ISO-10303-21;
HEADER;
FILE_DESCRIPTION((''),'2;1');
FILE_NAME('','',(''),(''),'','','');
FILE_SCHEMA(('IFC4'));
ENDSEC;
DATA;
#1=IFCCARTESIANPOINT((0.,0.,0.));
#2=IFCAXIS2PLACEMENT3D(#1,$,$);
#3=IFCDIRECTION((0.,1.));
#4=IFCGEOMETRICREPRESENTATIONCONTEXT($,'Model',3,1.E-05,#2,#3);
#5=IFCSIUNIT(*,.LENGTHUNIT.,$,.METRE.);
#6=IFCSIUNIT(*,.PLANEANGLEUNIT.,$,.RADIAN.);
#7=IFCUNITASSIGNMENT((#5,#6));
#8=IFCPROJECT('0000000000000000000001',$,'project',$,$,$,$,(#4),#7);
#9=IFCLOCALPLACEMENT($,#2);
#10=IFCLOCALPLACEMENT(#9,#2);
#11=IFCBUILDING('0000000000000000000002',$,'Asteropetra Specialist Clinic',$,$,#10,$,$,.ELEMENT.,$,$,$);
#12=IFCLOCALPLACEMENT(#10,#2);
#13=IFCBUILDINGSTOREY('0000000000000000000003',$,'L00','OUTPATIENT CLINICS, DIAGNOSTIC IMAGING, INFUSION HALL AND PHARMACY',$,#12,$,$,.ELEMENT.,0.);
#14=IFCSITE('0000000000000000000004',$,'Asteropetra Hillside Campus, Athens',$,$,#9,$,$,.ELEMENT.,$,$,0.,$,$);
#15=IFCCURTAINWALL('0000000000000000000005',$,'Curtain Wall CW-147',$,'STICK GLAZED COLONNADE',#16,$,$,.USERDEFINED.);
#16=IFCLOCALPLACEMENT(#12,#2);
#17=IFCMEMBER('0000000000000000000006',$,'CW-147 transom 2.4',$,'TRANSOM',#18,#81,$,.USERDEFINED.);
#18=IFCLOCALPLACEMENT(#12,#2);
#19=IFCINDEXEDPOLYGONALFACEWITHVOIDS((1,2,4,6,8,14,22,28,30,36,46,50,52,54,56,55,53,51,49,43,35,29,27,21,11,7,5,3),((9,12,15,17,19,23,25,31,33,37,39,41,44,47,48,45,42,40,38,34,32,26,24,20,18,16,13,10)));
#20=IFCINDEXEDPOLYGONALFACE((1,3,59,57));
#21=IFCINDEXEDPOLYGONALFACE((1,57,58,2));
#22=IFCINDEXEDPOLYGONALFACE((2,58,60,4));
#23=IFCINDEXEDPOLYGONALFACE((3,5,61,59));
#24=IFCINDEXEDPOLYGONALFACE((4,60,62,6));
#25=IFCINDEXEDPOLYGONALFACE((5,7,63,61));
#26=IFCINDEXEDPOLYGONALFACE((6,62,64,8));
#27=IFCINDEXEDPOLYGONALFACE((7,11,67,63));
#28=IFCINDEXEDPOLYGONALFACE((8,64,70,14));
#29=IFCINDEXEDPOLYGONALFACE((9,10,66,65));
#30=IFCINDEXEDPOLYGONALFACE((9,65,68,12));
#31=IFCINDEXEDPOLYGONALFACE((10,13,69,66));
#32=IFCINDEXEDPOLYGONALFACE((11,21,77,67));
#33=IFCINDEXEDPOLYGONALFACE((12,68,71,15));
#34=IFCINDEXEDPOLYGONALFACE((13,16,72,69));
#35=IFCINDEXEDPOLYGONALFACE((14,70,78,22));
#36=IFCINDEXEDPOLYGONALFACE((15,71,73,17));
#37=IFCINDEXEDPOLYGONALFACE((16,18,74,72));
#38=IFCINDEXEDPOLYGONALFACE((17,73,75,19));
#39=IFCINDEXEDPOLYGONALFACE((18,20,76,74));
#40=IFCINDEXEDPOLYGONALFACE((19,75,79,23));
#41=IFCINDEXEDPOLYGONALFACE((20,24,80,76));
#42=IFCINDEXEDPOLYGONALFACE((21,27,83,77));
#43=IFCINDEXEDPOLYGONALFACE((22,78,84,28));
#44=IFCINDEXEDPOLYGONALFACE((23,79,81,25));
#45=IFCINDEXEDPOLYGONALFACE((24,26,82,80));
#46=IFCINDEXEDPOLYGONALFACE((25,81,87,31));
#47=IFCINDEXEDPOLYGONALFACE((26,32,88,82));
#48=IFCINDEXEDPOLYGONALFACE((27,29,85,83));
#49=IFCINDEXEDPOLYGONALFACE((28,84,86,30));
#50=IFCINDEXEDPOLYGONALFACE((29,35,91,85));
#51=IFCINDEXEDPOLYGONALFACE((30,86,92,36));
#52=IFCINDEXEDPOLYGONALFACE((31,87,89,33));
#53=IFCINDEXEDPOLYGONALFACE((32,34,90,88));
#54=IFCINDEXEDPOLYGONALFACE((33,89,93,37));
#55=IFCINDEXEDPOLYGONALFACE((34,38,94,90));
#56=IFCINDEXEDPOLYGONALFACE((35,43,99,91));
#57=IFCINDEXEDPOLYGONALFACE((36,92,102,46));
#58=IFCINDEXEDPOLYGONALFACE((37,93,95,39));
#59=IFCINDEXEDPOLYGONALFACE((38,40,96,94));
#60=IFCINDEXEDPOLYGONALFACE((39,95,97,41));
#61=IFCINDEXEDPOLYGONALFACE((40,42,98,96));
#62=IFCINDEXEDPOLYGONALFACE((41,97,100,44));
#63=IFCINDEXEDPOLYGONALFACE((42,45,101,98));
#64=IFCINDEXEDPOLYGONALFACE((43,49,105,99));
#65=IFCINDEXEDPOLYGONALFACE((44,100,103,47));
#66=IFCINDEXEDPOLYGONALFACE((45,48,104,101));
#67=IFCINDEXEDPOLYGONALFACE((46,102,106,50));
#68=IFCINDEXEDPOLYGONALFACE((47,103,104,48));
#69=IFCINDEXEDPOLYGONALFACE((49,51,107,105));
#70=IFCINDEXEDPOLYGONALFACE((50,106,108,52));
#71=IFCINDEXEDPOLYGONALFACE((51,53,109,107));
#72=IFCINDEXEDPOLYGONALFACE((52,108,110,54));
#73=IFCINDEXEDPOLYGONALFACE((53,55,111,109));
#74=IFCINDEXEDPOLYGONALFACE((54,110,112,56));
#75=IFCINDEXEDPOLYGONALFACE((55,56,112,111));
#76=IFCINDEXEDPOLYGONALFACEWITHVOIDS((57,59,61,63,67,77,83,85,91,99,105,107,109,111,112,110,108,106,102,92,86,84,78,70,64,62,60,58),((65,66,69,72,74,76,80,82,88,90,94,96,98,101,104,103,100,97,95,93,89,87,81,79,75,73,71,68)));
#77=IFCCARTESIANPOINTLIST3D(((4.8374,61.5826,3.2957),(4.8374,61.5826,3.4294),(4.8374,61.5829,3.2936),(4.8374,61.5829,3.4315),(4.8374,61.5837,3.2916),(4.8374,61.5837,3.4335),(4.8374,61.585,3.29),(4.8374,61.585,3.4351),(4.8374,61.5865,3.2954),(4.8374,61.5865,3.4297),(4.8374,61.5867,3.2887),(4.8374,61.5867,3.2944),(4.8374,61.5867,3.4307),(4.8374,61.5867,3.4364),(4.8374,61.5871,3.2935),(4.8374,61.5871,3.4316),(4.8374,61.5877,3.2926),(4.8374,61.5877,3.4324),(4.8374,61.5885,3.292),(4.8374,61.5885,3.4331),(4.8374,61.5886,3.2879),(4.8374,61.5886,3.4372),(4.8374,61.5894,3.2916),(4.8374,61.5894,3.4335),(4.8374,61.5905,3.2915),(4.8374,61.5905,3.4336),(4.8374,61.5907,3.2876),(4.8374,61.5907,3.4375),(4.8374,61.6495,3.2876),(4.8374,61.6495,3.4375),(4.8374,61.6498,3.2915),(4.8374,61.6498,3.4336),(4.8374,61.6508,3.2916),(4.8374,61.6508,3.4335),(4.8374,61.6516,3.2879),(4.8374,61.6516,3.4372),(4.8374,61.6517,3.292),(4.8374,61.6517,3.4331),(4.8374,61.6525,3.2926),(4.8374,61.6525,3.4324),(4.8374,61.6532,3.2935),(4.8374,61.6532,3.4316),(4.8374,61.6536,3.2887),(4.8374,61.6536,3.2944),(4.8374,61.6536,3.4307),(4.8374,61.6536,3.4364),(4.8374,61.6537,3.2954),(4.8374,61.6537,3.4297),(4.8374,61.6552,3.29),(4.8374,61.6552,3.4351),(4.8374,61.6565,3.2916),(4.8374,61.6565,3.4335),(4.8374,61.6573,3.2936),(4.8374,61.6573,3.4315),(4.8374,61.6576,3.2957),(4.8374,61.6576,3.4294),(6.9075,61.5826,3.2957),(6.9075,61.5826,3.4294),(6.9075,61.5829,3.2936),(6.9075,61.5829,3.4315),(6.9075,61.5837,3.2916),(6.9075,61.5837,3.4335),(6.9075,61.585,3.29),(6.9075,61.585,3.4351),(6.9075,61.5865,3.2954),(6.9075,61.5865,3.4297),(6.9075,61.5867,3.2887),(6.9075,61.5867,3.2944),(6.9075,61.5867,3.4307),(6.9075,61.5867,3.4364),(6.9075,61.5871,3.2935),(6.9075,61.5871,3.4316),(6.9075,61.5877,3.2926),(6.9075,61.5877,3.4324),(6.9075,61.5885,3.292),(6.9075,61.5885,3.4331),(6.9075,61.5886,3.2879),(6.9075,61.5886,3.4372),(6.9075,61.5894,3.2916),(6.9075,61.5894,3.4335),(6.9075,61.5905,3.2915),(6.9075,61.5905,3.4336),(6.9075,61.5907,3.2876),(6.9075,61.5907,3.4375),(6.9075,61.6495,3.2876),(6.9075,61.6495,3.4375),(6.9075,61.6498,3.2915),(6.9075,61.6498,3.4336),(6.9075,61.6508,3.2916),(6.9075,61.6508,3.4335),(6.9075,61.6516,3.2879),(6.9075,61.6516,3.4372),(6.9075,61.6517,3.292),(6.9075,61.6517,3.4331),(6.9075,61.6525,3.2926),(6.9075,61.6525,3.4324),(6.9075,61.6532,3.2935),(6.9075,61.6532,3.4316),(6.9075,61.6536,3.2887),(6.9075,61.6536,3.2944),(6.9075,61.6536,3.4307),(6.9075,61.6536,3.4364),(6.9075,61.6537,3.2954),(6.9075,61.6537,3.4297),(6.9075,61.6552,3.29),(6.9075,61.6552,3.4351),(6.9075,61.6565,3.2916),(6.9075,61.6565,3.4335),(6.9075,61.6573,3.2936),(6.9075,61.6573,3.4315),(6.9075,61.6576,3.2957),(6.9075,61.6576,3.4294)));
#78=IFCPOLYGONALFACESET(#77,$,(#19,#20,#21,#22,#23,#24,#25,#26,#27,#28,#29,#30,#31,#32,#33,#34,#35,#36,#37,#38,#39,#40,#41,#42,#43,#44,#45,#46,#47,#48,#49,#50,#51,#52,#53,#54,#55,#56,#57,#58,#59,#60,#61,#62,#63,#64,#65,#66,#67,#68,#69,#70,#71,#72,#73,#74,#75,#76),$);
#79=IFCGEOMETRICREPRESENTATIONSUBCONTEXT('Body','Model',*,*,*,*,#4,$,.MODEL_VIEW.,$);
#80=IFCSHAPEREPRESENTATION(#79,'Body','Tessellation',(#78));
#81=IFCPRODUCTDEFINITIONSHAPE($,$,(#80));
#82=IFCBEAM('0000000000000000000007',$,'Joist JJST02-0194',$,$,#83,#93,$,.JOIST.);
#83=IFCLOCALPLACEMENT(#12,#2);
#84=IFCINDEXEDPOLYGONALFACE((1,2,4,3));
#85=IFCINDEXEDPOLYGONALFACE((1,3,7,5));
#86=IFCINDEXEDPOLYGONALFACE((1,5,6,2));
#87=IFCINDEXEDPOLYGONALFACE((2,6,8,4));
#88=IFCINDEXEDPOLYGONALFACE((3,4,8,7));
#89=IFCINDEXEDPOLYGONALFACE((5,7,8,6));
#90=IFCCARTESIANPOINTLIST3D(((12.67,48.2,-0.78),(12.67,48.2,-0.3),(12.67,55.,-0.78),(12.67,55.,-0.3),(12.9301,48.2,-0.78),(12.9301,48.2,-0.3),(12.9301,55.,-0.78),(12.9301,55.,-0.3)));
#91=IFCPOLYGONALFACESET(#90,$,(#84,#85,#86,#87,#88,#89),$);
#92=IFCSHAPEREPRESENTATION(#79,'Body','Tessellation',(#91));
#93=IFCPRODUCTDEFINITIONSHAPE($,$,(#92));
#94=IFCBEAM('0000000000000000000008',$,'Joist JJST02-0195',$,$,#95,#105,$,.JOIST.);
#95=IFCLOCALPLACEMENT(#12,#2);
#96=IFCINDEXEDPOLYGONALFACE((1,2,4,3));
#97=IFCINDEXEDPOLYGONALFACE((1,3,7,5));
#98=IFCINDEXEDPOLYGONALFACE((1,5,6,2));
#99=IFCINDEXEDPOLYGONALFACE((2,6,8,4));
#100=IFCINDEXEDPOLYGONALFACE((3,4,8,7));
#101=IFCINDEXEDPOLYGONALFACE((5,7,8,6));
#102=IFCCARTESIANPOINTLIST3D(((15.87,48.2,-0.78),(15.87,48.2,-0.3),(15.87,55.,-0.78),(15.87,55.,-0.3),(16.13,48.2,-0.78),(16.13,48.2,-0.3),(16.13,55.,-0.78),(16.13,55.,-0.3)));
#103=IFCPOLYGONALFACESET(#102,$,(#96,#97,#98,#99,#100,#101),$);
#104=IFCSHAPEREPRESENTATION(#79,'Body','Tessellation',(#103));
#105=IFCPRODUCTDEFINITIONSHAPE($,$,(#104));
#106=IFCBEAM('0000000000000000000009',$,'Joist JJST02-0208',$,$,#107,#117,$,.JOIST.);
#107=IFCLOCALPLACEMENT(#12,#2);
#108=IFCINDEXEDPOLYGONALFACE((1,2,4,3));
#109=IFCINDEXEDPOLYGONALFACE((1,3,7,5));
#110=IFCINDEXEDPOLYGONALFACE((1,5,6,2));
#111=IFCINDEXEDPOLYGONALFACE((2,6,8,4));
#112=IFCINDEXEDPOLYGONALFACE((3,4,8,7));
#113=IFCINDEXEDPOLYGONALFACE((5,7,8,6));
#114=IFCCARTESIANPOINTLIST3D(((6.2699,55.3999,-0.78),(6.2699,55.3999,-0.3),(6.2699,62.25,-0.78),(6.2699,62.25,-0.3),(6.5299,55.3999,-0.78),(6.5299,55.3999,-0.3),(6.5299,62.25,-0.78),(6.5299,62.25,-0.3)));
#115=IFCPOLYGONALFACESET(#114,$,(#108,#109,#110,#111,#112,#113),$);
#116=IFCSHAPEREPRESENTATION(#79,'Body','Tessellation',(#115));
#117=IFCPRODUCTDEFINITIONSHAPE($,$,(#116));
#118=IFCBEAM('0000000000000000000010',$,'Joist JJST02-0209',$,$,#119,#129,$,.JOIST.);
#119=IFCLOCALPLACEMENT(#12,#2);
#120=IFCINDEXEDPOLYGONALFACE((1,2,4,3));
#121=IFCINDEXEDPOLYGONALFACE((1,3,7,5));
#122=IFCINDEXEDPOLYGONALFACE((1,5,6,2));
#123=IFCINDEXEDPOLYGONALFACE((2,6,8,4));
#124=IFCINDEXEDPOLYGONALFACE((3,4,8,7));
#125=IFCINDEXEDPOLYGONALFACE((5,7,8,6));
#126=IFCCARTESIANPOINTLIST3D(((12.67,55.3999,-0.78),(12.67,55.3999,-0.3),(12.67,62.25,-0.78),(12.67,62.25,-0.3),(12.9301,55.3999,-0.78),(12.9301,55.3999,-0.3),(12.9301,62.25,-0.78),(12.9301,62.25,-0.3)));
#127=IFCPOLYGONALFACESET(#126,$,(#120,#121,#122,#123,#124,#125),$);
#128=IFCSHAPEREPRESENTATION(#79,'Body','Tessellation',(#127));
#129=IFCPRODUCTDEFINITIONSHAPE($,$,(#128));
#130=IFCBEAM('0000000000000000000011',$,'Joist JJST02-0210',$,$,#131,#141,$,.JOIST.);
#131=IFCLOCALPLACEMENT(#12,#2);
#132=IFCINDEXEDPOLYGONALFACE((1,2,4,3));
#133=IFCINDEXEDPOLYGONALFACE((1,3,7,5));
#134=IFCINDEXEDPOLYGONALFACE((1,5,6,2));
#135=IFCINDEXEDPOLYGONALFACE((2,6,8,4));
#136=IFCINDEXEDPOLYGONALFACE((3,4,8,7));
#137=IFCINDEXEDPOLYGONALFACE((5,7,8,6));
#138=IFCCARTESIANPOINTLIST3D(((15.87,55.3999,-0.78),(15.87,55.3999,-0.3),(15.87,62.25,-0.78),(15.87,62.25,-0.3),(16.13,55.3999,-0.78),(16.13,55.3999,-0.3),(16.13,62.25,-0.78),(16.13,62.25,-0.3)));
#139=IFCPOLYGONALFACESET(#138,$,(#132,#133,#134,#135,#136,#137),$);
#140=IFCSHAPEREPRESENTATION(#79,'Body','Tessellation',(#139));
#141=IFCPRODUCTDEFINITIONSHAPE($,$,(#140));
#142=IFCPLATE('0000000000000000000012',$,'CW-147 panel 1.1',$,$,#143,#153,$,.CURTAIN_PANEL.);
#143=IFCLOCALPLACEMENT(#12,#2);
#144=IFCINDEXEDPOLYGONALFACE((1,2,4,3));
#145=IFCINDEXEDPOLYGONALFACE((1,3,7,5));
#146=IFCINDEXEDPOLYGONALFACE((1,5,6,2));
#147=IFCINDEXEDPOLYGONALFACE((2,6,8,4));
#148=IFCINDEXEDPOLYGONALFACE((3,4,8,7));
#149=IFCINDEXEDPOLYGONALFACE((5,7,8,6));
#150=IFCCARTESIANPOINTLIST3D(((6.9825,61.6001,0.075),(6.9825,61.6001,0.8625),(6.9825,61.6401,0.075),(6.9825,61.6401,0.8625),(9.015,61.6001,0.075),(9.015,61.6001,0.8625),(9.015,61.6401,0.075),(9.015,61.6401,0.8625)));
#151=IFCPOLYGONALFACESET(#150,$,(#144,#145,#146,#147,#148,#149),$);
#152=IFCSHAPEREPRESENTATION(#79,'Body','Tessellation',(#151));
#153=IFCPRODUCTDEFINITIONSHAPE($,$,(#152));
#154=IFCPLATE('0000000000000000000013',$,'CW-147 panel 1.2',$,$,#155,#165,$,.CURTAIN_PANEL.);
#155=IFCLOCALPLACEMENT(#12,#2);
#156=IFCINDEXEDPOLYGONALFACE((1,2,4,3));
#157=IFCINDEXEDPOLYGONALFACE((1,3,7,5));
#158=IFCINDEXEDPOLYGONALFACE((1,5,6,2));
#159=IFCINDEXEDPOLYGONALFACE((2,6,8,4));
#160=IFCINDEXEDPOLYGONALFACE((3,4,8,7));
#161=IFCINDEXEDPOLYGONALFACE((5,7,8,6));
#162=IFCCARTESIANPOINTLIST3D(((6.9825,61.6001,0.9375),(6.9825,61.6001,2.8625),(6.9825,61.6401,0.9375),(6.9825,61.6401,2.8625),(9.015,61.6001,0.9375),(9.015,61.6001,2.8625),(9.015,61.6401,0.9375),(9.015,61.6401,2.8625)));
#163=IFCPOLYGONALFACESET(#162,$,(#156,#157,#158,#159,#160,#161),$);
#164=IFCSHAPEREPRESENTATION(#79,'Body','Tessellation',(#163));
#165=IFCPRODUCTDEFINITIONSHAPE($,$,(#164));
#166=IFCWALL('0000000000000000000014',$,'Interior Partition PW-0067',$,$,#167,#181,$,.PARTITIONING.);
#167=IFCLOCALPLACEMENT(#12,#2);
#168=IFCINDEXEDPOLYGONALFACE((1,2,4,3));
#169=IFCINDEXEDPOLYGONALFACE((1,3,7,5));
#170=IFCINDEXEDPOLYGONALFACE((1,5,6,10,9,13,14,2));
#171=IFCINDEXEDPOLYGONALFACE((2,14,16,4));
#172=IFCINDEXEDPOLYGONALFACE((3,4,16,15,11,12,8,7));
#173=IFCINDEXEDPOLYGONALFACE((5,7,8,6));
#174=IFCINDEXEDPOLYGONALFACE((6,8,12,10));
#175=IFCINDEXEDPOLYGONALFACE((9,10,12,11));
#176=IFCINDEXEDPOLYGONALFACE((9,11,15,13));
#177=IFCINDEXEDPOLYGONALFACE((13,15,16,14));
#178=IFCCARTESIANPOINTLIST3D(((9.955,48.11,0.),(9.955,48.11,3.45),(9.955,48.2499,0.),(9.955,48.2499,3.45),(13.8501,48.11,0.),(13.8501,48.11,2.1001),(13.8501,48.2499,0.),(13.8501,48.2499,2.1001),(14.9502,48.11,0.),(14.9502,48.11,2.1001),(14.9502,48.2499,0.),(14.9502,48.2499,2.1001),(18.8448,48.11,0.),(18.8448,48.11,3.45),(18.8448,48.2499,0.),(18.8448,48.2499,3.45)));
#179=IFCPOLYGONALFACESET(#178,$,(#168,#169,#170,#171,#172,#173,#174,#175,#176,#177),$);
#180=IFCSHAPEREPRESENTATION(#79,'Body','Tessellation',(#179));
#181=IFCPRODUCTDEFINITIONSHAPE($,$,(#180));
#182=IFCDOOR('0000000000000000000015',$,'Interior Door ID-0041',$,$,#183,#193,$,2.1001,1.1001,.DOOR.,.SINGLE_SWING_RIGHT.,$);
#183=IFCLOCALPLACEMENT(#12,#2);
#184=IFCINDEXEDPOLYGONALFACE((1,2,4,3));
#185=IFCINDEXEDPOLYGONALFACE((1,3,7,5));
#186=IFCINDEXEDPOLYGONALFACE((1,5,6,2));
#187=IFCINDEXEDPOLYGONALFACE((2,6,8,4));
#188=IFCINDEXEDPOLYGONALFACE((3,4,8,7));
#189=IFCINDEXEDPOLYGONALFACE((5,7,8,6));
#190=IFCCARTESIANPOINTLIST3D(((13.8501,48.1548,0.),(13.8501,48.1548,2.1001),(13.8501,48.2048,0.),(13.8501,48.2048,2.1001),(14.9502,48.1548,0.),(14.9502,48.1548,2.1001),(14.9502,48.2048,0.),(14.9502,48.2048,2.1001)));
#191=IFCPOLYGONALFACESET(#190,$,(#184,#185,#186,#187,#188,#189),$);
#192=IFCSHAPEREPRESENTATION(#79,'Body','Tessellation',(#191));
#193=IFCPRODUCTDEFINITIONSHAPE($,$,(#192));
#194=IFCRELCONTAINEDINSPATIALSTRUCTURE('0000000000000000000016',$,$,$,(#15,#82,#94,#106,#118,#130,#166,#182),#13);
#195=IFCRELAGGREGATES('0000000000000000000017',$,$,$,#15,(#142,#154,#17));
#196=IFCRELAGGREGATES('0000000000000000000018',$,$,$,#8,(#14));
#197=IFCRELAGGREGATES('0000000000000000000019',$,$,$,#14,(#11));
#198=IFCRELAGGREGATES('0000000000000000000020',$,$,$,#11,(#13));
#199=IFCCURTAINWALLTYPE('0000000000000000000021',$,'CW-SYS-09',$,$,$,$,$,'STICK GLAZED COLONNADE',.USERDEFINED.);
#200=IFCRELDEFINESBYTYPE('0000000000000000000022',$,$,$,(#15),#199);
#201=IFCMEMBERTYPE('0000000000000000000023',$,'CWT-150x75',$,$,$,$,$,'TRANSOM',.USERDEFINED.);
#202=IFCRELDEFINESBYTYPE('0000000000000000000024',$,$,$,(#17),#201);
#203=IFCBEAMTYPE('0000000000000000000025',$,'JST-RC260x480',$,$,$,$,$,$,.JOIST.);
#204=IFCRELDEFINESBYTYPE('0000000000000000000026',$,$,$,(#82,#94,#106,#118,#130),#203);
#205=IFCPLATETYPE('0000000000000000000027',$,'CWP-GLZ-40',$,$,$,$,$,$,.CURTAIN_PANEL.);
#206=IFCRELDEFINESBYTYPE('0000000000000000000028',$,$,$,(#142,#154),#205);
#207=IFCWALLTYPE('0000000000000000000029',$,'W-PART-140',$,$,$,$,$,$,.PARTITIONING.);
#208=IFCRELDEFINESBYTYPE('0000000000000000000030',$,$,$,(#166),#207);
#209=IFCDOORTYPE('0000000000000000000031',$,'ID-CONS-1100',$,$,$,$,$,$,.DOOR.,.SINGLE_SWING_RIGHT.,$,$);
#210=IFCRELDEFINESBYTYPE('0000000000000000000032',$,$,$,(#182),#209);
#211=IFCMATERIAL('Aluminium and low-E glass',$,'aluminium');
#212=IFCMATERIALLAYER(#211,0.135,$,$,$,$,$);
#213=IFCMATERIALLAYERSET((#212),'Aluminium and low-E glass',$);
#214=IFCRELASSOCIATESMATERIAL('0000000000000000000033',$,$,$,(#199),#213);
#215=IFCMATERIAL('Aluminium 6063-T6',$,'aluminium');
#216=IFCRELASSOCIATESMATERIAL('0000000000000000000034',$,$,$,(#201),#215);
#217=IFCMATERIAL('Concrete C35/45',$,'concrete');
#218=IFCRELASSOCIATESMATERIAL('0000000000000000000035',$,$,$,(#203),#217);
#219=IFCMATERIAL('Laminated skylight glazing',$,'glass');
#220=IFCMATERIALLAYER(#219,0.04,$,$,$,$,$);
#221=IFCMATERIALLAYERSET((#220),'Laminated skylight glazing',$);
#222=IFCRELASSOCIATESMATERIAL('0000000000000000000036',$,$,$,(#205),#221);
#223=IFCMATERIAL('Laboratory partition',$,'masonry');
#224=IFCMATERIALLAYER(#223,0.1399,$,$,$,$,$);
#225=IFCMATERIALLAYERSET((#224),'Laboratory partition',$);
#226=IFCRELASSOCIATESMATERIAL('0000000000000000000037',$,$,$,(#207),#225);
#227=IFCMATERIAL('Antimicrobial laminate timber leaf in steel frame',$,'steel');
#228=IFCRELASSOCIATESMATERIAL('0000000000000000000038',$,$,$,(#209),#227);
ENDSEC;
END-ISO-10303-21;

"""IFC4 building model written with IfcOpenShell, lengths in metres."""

from ifc_helpers import new_model, si_unit, direction, frame, frame_2d, origin, origin_2d, place, context, subcontext, project, spatial, rectangle, hollow_rectangle, extrude, material, layer, layer_set, material_profile, profile_set, type_object, element, fill, aggregate, save


model = new_model("IFC4")

# Units and contexts
model_context = context("Model", 3, precision=1e-05, world=origin(), true_north=direction((0.0, 1.0)))
body_context = subcontext(model_context, "Body", "Model", "MODEL_VIEW")
ifc_project = project(units=[si_unit("LENGTHUNIT", "METRE"), si_unit("PLANEANGLEUNIT", "RADIAN")], contexts=[model_context])

# Site, building, storey
site_placement = place(None, origin())
site = spatial("IfcSite", under=ifc_project, at=site_placement, Name="Asteropetra Hillside Campus, Athens", CompositionType="ELEMENT", RefElevation=0.0)
building_placement = place(site_placement, origin())
building = spatial("IfcBuilding", under=site, at=building_placement, Name="Asteropetra Specialist Clinic", CompositionType="ELEMENT")
storey_placement = place(building_placement, origin())
storey = spatial("IfcBuildingStorey", under=building, at=storey_placement, Name="L00", Description="OUTPATIENT CLINICS, DIAGNOSTIC IMAGING, INFUSION HALL AND PHARMACY", CompositionType="ELEMENT", Elevation=0.0)

# Curtain wall, member
ifc_material_1 = material(Name="Aluminium and low-E glass", Category="aluminium")
ifc_layer_1 = layer(ifc_material_1, 0.135)
ifc_layer_set_1 = layer_set([ifc_layer_1], Name="Aluminium and low-E glass")
curtain_wall_type = type_object("IfcCurtainWallType", Name="CW-SYS-09", ElementType="STICK GLAZED COLONNADE", PredefinedType="USERDEFINED", material=ifc_layer_set_1)
curtain_wall_placement = place(storey_placement, origin())
curtain_wall = element("IfcCurtainWall", 1, at=curtain_wall_placement, inside=storey, type_object=curtain_wall_type, Name="Curtain Wall CW-147", ObjectType="STICK GLAZED COLONNADE", PredefinedType="USERDEFINED")
ifc_material_2 = material(Name="Aluminium 6063-T6", Category="aluminium")
ifc_material_profile_1 = material_profile(ifc_material_2, hollow_rectangle(XDim=0.075, YDim=0.1499, WallThickness=0.0039, InnerFilletRadius=0.0039, OuterFilletRadius=0.0081, at=origin_2d()), Name="TRN 150x75x4.0")
ifc_profile_set_1 = profile_set([ifc_material_profile_1], Name="Aluminium 6063-T6")
member_type_1 = type_object("IfcMemberType", Name="CWT-150x75", ElementType="TRANSOM", PredefinedType="USERDEFINED", material=ifc_profile_set_1)
member_1_placement = place(storey_placement, frame((6.9075, 61.6201, 3.3625), z_axis=(-1.0, 0.0, 0.0), x_axis=(0.0, -1.0, 0.0)))
member_1 = element("IfcMember", 2, at=member_1_placement, type_object=member_type_1, Name="CW-147 transom 2.4", ObjectType="TRANSOM", PredefinedType="USERDEFINED", context=body_context, shape_type="SweptSolid", body=[
    extrude(hollow_rectangle(XDim=0.075, YDim=0.1499, WallThickness=0.0039, InnerFilletRadius=0.0039, OuterFilletRadius=0.0081, at=origin_2d()), origin(), (0.0, 0.0, 1.0), 2.0701),
])

# Beams
ifc_material_3 = material(Name="Concrete C35/45", Category="concrete")
ifc_material_profile_2 = material_profile(ifc_material_3, rectangle(XDim=0.26, YDim=0.48, at=origin_2d()), Name="RCJ 260x480")
ifc_profile_set_2 = profile_set([ifc_material_profile_2], Name="Concrete C35/45")
beam_type_1 = type_object("IfcBeamType", Name="JST-RC260x480", PredefinedType="JOIST", material=ifc_profile_set_2)
for number, where, z_axis, x_axis, name in (
    (3, (12.8, 48.2, -0.54), (0.0, 1.0, 0.0), (-1.0, 0.0, 0.0), "Joist JJST02-0194"),
    (4, (16.0, 48.2, -0.54), (0.0, 1.0, 0.0), (-1.0, 0.0, 0.0), "Joist JJST02-0195"),
):
    element("IfcBeam", number, at=place(storey_placement, frame(where, z_axis=z_axis, x_axis=x_axis)), inside=storey, type_object=beam_type_1, Name=name, PredefinedType="JOIST", context=body_context, shape_type="SweptSolid", body=[
        extrude(rectangle(XDim=0.26, YDim=0.48, at=origin_2d()), origin(), (0.0, 0.0, 1.0), 6.8),
    ])
for number, where, z_axis, x_axis, name in (
    (5, (6.3999, 55.3999, -0.54), (0.0, 1.0, 0.0), (-1.0, 0.0, 0.0), "Joist JJST02-0208"),
    (6, (12.8, 55.3999, -0.54), (0.0, 1.0, 0.0), (-1.0, 0.0, 0.0), "Joist JJST02-0209"),
    (7, (16.0, 55.3999, -0.54), (0.0, 1.0, 0.0), (-1.0, 0.0, 0.0), "Joist JJST02-0210"),
):
    element("IfcBeam", number, at=place(storey_placement, frame(where, z_axis=z_axis, x_axis=x_axis)), inside=storey, type_object=beam_type_1, Name=name, PredefinedType="JOIST", context=body_context, shape_type="SweptSolid", body=[
        extrude(rectangle(XDim=0.26, YDim=0.48, at=origin_2d()), origin(), (0.0, 0.0, 1.0), 6.8501),
    ])

# Plates
ifc_material_4 = material(Name="Laminated skylight glazing", Category="glass")
ifc_layer_2 = layer(ifc_material_4, 0.04)
ifc_layer_set_2 = layer_set([ifc_layer_2], Name="Laminated skylight glazing")
plate_type = type_object("IfcPlateType", Name="CWP-GLZ-40", PredefinedType="CURTAIN_PANEL", material=ifc_layer_set_2)
plate_1_placement = place(storey_placement, frame((7.9988, 61.6201, 0.075), z_axis=(0.0, 0.0, 1.0), x_axis=(-1.0, 0.0, 0.0)))
plate_1 = element("IfcPlate", 8, at=plate_1_placement, type_object=plate_type, Name="CW-147 panel 1.1", PredefinedType="CURTAIN_PANEL", context=body_context, shape_type="SweptSolid", body=[
    extrude(rectangle(XDim=2.0325, YDim=0.04, at=origin_2d()), origin(), (0.0, 0.0, 1.0), 0.7876),
])
plate_2_placement = place(storey_placement, frame((7.9988, 61.6201, 0.9375), z_axis=(0.0, 0.0, 1.0), x_axis=(-1.0, 0.0, 0.0)))
plate_2 = element("IfcPlate", 9, at=plate_2_placement, type_object=plate_type, Name="CW-147 panel 1.2", PredefinedType="CURTAIN_PANEL", context=body_context, shape_type="SweptSolid", body=[
    extrude(rectangle(XDim=2.0325, YDim=0.04, at=origin_2d()), origin(), (0.0, 0.0, 1.0), 1.925),
])
aggregate(curtain_wall, [plate_1, plate_2, member_1])

# Wall, opening, door
ifc_material_5 = material(Name="Laboratory partition", Category="masonry")
ifc_layer_3 = layer(ifc_material_5, 0.1399)
ifc_layer_set_3 = layer_set([ifc_layer_3], Name="Laboratory partition")
wall_type = type_object("IfcWallType", Name="W-PART-140", PredefinedType="PARTITIONING", material=ifc_layer_set_3)
wall_placement = place(storey_placement, frame((9.9551, 48.1799, 0.0), z_axis=(0.0, 0.0, 1.0), x_axis=(1.0, 0.0, 0.0)))
wall = element("IfcWall", 10, at=wall_placement, inside=storey, type_object=wall_type, Name="Interior Partition PW-0067", PredefinedType="PARTITIONING", context=body_context, shape_type="SweptSolid", body=[
    extrude(rectangle(XDim=8.8899, YDim=0.1399, at=frame_2d((4.4448, 0.0))), origin(), (0.0, 0.0, 1.0), 3.45),
])
opening_placement = place(wall_placement, frame((3.895, 0.0, 0.0)))
opening = element("IfcOpeningElement", 11, at=opening_placement, cuts=wall, PredefinedType="OPENING", context=body_context, shape_type="SweptSolid", body=[
    extrude(rectangle(XDim=1.1001, YDim=2.1001, at=frame_2d((0.55, 1.05))), frame((0.0, 0.0798, 0.0), z_axis=(0.0, -1.0, 0.0), x_axis=(1.0, 0.0, 0.0)), (0.0, 0.0, 1.0), 0.1599),
])
ifc_material_6 = material(Name="Antimicrobial laminate timber leaf in steel frame", Category="steel")
door_type = type_object("IfcDoorType", Name="ID-CONS-1100", OperationType="SINGLE_SWING_RIGHT", PredefinedType="DOOR", material=ifc_material_6)
door_placement = place(opening_placement, origin())
door = element("IfcDoor", 12, at=door_placement, inside=storey, type_object=door_type, Name="Interior Door ID-0041", OperationType="SINGLE_SWING_RIGHT", OverallHeight=2.1001, OverallWidth=1.1001, PredefinedType="DOOR", context=body_context, shape_type="SweptSolid", body=[
    extrude(rectangle(XDim=1.1001, YDim=2.1001, at=frame_2d((0.55, 1.05))), frame((0.0, 0.0249, 0.0), z_axis=(0.0, -1.0, 0.0), x_axis=(1.0, 0.0, 0.0)), (0.0, 0.0, 1.0), 0.05),
])
fill(opening, door)

save(model, "model.ifc")
